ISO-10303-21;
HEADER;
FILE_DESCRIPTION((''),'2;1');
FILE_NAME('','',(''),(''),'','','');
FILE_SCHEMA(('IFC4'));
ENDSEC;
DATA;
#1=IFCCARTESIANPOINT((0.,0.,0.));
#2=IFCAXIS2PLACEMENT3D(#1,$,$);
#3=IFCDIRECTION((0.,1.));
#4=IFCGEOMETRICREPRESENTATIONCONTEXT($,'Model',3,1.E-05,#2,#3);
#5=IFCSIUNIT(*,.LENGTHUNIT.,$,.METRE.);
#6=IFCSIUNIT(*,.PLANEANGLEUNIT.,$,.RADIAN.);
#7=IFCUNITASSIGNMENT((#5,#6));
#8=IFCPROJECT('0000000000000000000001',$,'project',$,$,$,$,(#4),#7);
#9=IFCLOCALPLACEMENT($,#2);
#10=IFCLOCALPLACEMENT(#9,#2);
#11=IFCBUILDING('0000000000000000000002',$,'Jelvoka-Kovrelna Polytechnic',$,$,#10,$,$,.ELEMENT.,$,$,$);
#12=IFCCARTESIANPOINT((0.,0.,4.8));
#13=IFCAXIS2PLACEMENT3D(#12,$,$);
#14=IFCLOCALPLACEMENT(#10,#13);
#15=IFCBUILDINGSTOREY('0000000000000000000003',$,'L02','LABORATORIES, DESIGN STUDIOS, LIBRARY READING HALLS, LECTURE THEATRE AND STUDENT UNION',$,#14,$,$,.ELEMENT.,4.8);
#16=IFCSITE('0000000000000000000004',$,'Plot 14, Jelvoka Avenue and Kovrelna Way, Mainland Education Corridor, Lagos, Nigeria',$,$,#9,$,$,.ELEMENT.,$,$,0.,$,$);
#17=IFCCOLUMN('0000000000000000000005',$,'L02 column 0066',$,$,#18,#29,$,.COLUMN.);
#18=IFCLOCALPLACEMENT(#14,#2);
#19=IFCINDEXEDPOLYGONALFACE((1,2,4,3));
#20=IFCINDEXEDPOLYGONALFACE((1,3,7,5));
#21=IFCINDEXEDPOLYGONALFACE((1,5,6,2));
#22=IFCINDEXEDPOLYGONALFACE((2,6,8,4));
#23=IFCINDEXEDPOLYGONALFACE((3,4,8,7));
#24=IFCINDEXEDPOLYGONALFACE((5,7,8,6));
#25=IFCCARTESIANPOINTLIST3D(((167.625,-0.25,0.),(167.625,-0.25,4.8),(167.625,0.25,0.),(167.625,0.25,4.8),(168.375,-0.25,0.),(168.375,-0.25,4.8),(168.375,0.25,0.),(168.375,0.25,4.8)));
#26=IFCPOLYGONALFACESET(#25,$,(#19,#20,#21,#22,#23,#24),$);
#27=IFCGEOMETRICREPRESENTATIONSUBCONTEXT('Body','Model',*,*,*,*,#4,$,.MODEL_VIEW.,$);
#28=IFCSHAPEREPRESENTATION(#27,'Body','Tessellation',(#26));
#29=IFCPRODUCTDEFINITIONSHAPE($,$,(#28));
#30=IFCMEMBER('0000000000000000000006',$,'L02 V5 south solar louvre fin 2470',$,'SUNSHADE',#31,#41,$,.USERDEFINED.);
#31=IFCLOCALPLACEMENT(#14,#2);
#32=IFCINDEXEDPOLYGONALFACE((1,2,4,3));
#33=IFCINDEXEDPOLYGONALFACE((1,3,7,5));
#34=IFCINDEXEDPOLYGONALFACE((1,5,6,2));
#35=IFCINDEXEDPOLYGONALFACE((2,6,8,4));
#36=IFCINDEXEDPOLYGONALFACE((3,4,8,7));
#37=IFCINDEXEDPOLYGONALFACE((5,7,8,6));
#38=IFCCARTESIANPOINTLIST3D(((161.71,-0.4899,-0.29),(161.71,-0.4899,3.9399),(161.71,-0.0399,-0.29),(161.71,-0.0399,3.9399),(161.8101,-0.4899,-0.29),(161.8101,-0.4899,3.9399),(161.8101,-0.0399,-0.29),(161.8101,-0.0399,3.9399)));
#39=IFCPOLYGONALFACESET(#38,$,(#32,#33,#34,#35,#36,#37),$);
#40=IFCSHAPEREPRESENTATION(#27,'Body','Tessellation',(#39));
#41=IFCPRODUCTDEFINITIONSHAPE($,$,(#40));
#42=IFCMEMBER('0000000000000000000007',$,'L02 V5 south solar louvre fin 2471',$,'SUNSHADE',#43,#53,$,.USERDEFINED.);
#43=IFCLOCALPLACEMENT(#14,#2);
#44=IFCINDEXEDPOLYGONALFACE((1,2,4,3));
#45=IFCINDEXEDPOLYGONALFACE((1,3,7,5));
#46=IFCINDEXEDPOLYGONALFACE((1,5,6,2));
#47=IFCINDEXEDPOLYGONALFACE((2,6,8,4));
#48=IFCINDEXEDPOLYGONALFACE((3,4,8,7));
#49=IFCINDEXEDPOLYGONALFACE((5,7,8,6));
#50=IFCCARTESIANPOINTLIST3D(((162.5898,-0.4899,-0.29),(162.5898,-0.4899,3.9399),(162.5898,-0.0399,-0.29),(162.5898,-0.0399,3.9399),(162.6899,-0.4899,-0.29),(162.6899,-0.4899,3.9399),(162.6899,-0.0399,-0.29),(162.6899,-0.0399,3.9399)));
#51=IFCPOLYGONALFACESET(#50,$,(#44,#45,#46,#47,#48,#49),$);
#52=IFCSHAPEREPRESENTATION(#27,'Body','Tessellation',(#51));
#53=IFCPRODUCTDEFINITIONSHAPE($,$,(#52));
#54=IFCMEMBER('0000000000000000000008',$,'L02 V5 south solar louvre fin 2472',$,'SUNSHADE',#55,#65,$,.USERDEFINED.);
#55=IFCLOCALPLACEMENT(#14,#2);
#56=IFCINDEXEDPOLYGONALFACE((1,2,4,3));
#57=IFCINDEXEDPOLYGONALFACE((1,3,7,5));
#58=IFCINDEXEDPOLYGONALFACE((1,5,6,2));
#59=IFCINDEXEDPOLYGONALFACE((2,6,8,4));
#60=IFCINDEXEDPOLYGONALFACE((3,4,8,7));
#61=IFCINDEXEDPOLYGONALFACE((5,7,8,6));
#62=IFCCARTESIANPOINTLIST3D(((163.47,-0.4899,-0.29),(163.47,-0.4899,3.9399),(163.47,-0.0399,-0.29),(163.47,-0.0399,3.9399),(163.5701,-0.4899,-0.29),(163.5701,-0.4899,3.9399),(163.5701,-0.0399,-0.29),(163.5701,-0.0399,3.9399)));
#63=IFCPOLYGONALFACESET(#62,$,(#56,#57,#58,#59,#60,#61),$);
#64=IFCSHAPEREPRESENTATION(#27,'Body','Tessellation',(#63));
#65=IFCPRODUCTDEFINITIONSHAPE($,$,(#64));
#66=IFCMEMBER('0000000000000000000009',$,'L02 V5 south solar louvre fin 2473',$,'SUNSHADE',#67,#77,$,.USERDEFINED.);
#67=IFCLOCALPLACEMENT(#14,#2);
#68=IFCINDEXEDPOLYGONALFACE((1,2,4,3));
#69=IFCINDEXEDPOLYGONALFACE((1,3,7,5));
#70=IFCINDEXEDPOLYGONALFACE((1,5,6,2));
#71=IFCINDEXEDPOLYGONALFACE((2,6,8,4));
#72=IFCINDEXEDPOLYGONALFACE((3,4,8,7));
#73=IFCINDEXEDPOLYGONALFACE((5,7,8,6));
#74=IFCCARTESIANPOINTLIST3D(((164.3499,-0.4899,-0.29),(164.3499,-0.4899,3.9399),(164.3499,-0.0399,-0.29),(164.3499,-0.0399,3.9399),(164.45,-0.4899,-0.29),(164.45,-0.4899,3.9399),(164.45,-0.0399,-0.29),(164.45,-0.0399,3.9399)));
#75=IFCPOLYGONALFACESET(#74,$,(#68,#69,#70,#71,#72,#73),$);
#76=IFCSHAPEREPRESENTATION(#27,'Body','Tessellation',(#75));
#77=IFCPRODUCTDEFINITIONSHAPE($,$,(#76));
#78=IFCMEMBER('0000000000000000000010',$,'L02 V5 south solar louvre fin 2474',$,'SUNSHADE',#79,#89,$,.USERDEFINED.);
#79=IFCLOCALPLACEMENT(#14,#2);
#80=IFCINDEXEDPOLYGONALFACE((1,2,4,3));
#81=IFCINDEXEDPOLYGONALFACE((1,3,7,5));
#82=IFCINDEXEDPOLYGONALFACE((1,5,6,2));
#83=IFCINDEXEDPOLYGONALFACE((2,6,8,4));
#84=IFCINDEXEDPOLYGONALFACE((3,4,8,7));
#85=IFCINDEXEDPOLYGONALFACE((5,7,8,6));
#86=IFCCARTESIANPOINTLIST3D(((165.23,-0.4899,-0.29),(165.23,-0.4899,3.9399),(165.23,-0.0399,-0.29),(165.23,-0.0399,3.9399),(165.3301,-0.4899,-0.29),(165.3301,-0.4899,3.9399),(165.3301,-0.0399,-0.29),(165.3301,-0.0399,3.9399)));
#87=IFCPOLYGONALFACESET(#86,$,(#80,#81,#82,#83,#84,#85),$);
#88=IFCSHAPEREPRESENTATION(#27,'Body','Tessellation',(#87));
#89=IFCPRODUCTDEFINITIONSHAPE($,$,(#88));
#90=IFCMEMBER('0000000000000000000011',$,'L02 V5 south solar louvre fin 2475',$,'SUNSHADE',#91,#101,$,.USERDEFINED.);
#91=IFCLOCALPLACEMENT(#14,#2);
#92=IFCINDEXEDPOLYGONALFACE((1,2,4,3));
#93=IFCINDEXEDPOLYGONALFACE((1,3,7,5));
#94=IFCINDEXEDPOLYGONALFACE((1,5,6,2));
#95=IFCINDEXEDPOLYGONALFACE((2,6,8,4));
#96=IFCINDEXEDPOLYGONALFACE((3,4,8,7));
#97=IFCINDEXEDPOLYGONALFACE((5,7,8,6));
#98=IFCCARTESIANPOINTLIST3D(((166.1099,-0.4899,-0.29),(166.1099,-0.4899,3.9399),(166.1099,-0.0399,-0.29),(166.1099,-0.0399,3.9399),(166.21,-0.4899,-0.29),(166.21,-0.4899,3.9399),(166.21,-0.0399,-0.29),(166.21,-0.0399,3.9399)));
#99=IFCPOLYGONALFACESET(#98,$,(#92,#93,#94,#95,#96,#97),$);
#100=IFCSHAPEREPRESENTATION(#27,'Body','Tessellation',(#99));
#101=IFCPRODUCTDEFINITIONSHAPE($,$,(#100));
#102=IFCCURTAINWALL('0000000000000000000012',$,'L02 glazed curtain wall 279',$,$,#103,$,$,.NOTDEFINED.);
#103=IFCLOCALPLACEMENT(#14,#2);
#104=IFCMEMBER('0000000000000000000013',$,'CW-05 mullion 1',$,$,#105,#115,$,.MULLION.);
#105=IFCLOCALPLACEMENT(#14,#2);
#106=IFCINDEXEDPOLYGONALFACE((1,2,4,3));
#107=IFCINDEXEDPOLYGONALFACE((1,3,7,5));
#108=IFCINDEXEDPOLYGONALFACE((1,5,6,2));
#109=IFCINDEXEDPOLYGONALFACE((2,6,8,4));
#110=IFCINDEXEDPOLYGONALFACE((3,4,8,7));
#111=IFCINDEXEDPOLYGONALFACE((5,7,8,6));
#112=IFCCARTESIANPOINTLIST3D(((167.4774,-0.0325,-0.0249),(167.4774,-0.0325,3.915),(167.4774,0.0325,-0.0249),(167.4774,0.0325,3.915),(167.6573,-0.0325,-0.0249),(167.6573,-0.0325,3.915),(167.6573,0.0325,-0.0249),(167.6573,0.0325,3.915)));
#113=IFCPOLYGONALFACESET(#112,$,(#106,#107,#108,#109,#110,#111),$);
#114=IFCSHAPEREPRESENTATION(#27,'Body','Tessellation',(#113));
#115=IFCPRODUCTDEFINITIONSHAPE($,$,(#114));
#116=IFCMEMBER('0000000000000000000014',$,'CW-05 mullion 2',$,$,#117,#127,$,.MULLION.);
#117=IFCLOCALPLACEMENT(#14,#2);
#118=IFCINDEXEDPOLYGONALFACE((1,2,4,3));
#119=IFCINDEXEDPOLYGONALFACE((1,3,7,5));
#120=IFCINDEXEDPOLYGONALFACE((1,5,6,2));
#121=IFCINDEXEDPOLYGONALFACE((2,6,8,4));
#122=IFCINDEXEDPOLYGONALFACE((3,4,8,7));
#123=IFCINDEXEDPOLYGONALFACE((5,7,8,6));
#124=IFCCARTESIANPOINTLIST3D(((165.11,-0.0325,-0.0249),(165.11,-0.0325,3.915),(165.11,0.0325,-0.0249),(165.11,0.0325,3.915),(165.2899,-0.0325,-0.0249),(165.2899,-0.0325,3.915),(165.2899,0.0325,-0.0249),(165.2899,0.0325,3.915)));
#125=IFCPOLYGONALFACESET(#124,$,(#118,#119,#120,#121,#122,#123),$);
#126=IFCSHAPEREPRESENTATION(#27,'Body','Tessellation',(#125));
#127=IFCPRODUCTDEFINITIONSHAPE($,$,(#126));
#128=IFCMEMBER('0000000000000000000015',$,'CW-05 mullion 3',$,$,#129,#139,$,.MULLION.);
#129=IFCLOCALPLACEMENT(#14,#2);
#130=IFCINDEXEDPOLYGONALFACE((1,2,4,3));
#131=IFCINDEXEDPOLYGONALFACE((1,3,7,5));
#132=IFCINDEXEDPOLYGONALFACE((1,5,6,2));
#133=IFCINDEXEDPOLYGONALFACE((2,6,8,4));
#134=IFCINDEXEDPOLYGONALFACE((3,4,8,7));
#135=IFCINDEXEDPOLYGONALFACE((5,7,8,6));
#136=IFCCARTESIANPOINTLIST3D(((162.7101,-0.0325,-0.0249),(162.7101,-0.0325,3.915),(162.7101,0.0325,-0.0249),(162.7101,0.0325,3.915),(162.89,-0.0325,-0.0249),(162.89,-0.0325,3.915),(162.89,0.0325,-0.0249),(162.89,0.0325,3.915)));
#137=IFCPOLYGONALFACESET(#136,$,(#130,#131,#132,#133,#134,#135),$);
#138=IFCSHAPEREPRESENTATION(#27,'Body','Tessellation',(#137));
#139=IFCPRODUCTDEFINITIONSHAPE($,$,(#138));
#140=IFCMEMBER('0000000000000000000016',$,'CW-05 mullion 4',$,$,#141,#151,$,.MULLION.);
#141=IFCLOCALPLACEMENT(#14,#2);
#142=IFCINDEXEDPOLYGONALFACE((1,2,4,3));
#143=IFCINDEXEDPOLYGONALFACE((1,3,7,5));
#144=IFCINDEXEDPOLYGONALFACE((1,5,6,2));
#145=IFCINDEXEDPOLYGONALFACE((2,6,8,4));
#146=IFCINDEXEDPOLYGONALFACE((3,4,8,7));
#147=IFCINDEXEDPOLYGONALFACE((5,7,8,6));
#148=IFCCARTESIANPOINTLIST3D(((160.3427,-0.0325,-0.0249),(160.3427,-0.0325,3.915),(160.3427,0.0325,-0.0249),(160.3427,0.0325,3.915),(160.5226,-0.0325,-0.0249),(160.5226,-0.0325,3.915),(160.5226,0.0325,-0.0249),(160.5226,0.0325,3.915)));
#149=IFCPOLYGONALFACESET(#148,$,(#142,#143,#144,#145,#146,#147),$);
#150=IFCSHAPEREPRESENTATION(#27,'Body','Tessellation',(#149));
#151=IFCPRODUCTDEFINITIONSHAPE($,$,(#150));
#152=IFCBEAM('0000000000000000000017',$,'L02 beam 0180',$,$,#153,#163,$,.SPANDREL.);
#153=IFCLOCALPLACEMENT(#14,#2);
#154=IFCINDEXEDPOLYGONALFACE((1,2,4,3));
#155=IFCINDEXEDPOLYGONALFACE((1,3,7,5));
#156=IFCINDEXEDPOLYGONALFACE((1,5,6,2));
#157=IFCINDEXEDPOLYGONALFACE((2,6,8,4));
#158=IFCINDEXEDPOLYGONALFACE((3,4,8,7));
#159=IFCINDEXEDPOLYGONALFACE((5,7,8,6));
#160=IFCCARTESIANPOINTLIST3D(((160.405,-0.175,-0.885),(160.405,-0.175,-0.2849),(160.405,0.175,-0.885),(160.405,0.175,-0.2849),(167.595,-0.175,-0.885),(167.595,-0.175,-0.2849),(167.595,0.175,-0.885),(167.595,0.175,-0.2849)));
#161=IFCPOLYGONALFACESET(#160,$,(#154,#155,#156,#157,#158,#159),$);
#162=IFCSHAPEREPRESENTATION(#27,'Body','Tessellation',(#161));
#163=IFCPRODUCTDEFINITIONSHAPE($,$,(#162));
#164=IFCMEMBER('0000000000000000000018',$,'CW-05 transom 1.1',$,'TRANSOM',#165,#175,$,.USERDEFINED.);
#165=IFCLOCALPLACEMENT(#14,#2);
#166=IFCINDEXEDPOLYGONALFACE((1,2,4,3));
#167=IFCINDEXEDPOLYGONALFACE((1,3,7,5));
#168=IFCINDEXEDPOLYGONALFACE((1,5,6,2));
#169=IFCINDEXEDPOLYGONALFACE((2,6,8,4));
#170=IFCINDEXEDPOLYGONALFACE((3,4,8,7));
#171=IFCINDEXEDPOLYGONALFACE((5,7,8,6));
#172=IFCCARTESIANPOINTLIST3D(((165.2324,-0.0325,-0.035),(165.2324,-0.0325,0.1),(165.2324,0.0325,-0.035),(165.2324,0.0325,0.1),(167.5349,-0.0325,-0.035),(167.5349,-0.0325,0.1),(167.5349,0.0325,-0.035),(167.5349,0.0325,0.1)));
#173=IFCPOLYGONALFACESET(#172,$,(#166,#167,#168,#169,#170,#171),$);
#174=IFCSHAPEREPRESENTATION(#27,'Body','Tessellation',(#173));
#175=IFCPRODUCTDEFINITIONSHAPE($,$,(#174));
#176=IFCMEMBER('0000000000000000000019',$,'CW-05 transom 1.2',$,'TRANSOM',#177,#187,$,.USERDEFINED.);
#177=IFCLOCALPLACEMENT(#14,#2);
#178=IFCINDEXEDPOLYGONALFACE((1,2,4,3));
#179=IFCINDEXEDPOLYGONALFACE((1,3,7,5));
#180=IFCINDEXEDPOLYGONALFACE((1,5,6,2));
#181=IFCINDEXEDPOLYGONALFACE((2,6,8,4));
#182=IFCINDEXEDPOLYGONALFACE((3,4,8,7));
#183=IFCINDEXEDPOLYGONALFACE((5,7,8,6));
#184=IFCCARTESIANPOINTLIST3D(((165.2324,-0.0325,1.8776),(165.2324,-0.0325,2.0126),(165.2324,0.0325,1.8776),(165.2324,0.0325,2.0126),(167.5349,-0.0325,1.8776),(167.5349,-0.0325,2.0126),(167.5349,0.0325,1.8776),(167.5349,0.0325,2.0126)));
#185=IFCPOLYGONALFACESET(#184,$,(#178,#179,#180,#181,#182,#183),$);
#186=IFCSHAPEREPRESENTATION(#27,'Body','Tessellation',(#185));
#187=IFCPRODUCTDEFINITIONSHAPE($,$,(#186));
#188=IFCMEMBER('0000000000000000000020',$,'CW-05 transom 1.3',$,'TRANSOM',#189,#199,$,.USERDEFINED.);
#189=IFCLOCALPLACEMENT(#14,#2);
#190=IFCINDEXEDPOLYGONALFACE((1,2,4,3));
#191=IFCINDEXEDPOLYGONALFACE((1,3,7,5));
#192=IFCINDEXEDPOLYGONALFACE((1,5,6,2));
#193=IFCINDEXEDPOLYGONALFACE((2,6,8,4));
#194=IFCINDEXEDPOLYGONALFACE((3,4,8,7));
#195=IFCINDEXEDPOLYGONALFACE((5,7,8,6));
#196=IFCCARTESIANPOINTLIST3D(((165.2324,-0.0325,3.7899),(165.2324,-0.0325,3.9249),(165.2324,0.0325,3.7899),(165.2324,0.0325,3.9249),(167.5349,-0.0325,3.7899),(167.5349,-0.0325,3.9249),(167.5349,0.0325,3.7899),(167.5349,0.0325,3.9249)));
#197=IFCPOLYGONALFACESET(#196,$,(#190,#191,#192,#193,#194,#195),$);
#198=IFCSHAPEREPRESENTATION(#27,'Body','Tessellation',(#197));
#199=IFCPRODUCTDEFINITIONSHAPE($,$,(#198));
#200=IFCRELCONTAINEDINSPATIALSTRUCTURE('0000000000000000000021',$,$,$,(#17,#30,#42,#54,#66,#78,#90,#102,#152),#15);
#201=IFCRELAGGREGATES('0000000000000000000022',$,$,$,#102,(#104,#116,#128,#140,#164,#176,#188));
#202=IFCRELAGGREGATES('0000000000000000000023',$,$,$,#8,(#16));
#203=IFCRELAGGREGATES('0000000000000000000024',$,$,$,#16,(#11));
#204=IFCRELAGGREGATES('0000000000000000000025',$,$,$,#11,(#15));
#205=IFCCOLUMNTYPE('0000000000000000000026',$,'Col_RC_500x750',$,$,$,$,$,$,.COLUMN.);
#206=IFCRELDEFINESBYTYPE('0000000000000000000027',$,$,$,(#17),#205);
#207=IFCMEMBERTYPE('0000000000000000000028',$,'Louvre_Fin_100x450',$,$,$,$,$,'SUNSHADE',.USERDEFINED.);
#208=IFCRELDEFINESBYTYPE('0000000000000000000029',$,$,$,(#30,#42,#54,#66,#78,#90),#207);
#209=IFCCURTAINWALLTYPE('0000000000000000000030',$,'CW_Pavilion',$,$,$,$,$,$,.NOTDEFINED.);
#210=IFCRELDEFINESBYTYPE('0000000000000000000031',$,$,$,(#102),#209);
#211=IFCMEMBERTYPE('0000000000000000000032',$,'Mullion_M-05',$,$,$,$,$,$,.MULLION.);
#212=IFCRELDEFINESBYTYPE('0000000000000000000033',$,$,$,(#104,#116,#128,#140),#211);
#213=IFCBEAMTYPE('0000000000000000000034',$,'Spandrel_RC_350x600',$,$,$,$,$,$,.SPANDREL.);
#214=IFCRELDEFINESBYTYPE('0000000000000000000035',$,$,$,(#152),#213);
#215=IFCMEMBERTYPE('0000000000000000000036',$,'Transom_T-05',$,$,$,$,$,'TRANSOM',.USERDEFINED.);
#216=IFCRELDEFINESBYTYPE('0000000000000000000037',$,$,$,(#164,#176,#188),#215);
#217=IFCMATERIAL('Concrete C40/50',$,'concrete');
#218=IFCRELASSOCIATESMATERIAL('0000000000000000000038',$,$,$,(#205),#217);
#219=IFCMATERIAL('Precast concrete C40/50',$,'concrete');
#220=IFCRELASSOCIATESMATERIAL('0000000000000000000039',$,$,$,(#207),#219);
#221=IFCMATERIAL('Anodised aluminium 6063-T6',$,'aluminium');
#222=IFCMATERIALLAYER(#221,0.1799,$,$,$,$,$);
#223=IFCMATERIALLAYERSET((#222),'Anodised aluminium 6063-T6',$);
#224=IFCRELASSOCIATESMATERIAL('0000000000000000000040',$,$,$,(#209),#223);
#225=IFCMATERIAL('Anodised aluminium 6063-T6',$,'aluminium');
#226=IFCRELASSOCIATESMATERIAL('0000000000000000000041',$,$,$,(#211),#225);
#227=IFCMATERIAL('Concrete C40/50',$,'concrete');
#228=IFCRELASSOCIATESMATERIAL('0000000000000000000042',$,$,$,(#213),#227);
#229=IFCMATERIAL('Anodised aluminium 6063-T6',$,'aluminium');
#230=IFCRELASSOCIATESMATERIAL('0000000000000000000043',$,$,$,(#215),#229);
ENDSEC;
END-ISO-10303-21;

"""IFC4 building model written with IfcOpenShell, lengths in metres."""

from ifc_helpers import new_model, si_unit, direction, frame, origin, origin_2d, place, context, subcontext, project, spatial, rectangle, extrude, material, layer, layer_set, material_profile, profile_set, type_object, element, aggregate, save


model = new_model("IFC4")

# Units and contexts
model_context = context("Model", 3, precision=1e-05, world=origin(), true_north=direction((0.0, 1.0)))
body_context = subcontext(model_context, "Body", "Model", "MODEL_VIEW")
ifc_project = project(units=[si_unit("LENGTHUNIT", "METRE"), si_unit("PLANEANGLEUNIT", "RADIAN")], contexts=[model_context])

# Site, building, storey
site_placement = place(None, origin())
site = spatial("IfcSite", under=ifc_project, at=site_placement, Name="Plot 14, Jelvoka Avenue and Kovrelna Way, Mainland Education Corridor, Lagos, Nigeria", CompositionType="ELEMENT", RefElevation=0.0)
building_placement = place(site_placement, origin())
building = spatial("IfcBuilding", under=site, at=building_placement, Name="Jelvoka-Kovrelna Polytechnic", CompositionType="ELEMENT")
storey_placement = place(building_placement, frame((0.0, 0.0, 4.8)))
storey = spatial("IfcBuildingStorey", under=building, at=storey_placement, Name="L02", Description="LABORATORIES, DESIGN STUDIOS, LIBRARY READING HALLS, LECTURE THEATRE AND STUDENT UNION", CompositionType="ELEMENT", Elevation=4.8)

# Column
ifc_material_1 = material(Name="Concrete C40/50", Category="concrete")
ifc_material_profile_1 = material_profile(ifc_material_1, rectangle(XDim=0.5, YDim=0.75, at=origin_2d()), Name="RC 500x750")
ifc_profile_set_1 = profile_set([ifc_material_profile_1], Name="Concrete C40/50")
column_type = type_object("IfcColumnType", Name="Col_RC_500x750", PredefinedType="COLUMN", material=ifc_profile_set_1)
column_placement = place(storey_placement, frame((168.0, 0.0, 0.0), z_axis=(0.0, 0.0, 1.0), x_axis=(0.0, 1.0, 0.0)))
element("IfcColumn", 1, at=column_placement, inside=storey, type_object=column_type, Name="L02 column 0066", PredefinedType="COLUMN", context=body_context, shape_type="SweptSolid", body=[
    extrude(rectangle(XDim=0.5, YDim=0.75, at=origin_2d()), origin(), (0.0, 0.0, 1.0), 4.8),
])

# Members
ifc_material_2 = material(Name="Precast concrete C40/50", Category="concrete")
ifc_material_profile_2 = material_profile(ifc_material_2, rectangle(XDim=0.1001, YDim=0.45, at=origin_2d()), Name="PC 100x450")
ifc_profile_set_2 = profile_set([ifc_material_profile_2], Name="Precast concrete C40/50")
member_type_1 = type_object("IfcMemberType", Name="Louvre_Fin_100x450", ElementType="SUNSHADE", PredefinedType="USERDEFINED", material=ifc_profile_set_2)
for number, where, z_axis, x_axis, name in (
    (2, (161.76, -0.2649, -0.29), (0.0, 0.0, 1.0), (1.0, 0.0, 0.0), "L02 V5 south solar louvre fin 2470"),
    (3, (162.6399, -0.2649, -0.29), (0.0, 0.0, 1.0), (1.0, 0.0, 0.0), "L02 V5 south solar louvre fin 2471"),
    (4, (163.52, -0.2649, -0.29), (0.0, 0.0, 1.0), (1.0, 0.0, 0.0), "L02 V5 south solar louvre fin 2472"),
    (5, (164.3999, -0.2649, -0.29), (0.0, 0.0, 1.0), (1.0, 0.0, 0.0), "L02 V5 south solar louvre fin 2473"),
    (6, (165.28, -0.2649, -0.29), (0.0, 0.0, 1.0), (1.0, 0.0, 0.0), "L02 V5 south solar louvre fin 2474"),
    (7, (166.1599, -0.2649, -0.29), (0.0, 0.0, 1.0), (1.0, 0.0, 0.0), "L02 V5 south solar louvre fin 2475"),
):
    element("IfcMember", number, at=place(storey_placement, frame(where, z_axis=z_axis, x_axis=x_axis)), inside=storey, type_object=member_type_1, Name=name, ObjectType="SUNSHADE", PredefinedType="USERDEFINED", context=body_context, shape_type="SweptSolid", body=[
        extrude(rectangle(XDim=0.1001, YDim=0.45, at=origin_2d()), origin(), (0.0, 0.0, 1.0), 4.23),
    ])

# Curtain wall, members
ifc_material_3 = material(Name="Anodised aluminium 6063-T6", Category="aluminium")
ifc_layer_1 = layer(ifc_material_3, 0.1799)
ifc_layer_set_1 = layer_set([ifc_layer_1], Name="Anodised aluminium 6063-T6")
curtain_wall_type = type_object("IfcCurtainWallType", Name="CW_Pavilion", PredefinedType="NOTDEFINED", material=ifc_layer_set_1)
curtain_wall_placement = place(storey_placement, origin())
curtain_wall = element("IfcCurtainWall", 8, at=curtain_wall_placement, inside=storey, type_object=curtain_wall_type, Name="L02 glazed curtain wall 279", PredefinedType="NOTDEFINED")
ifc_material_4 = material(Name="Anodised aluminium 6063-T6", Category="aluminium")
ifc_material_profile_3 = material_profile(ifc_material_4, rectangle(XDim=0.0649, YDim=0.1799, at=origin_2d()), Name="ALU 65x180")
ifc_profile_set_3 = profile_set([ifc_material_profile_3], Name="Anodised aluminium 6063-T6")
member_type_2 = type_object("IfcMemberType", Name="Mullion_M-05", PredefinedType="MULLION", material=ifc_profile_set_3)
member_1_placement = place(storey_placement, frame((167.5674, 0.0, -0.0249), z_axis=(0.0, 0.0, 1.0), x_axis=(0.0, -1.0, 0.0)))
member_1 = element("IfcMember", 9, at=member_1_placement, type_object=member_type_2, Name="CW-05 mullion 1", PredefinedType="MULLION", context=body_context, shape_type="SweptSolid", body=[
    extrude(rectangle(XDim=0.0649, YDim=0.1799, at=origin_2d()), origin(), (0.0, 0.0, 1.0), 3.9399),
])
member_2_placement = place(storey_placement, frame((165.2, 0.0, -0.0249), z_axis=(0.0, 0.0, 1.0), x_axis=(0.0, -1.0, 0.0)))
member_2 = element("IfcMember", 10, at=member_2_placement, type_object=member_type_2, Name="CW-05 mullion 2", PredefinedType="MULLION", context=body_context, shape_type="SweptSolid", body=[
    extrude(rectangle(XDim=0.0649, YDim=0.1799, at=origin_2d()), origin(), (0.0, 0.0, 1.0), 3.9399),
])
member_3_placement = place(storey_placement, frame((162.8, 0.0, -0.0249), z_axis=(0.0, 0.0, 1.0), x_axis=(0.0, -1.0, 0.0)))
member_3 = element("IfcMember", 11, at=member_3_placement, type_object=member_type_2, Name="CW-05 mullion 3", PredefinedType="MULLION", context=body_context, shape_type="SweptSolid", body=[
    extrude(rectangle(XDim=0.0649, YDim=0.1799, at=origin_2d()), origin(), (0.0, 0.0, 1.0), 3.9399),
])
member_4_placement = place(storey_placement, frame((160.4326, 0.0, -0.0249), z_axis=(0.0, 0.0, 1.0), x_axis=(0.0, -1.0, 0.0)))
member_4 = element("IfcMember", 12, at=member_4_placement, type_object=member_type_2, Name="CW-05 mullion 4", PredefinedType="MULLION", context=body_context, shape_type="SweptSolid", body=[
    extrude(rectangle(XDim=0.0649, YDim=0.1799, at=origin_2d()), origin(), (0.0, 0.0, 1.0), 3.9399),
])

# Beam
ifc_material_5 = material(Name="Concrete C40/50", Category="concrete")
ifc_material_profile_4 = material_profile(ifc_material_5, rectangle(XDim=0.3501, YDim=0.6001, at=origin_2d()), Name="RC 350x600")
ifc_profile_set_4 = profile_set([ifc_material_profile_4], Name="Concrete C40/50")
beam_type = type_object("IfcBeamType", Name="Spandrel_RC_350x600", PredefinedType="SPANDREL", material=ifc_profile_set_4)
beam_placement = place(storey_placement, frame((160.405, 0.0, -0.585), z_axis=(1.0, 0.0, 0.0), x_axis=(0.0, 1.0, 0.0)))
element("IfcBeam", 13, at=beam_placement, inside=storey, type_object=beam_type, Name="L02 beam 0180", PredefinedType="SPANDREL", context=body_context, shape_type="SweptSolid", body=[
    extrude(rectangle(XDim=0.3501, YDim=0.6001, at=origin_2d()), origin(), (0.0, 0.0, 1.0), 7.1899),
])

# Members
ifc_material_6 = material(Name="Anodised aluminium 6063-T6", Category="aluminium")
ifc_material_profile_5 = material_profile(ifc_material_6, rectangle(XDim=0.0649, YDim=0.135, at=origin_2d()), Name="ALU 65x135")
ifc_profile_set_5 = profile_set([ifc_material_profile_5], Name="Anodised aluminium 6063-T6")
member_type_3 = type_object("IfcMemberType", Name="Transom_T-05", ElementType="TRANSOM", PredefinedType="USERDEFINED", material=ifc_profile_set_5)
member_5_placement = place(storey_placement, frame((167.5349, 0.0, 0.0325), z_axis=(-1.0, 0.0, 0.0), x_axis=(0.0, -1.0, 0.0)))
member_5 = element("IfcMember", 14, at=member_5_placement, type_object=member_type_3, Name="CW-05 transom 1.1", ObjectType="TRANSOM", PredefinedType="USERDEFINED", context=body_context, shape_type="SweptSolid", body=[
    extrude(rectangle(XDim=0.0649, YDim=0.135, at=origin_2d()), origin(), (0.0, 0.0, 1.0), 2.3025),
])
member_6_placement = place(storey_placement, frame((167.5349, 0.0, 1.9451), z_axis=(-1.0, 0.0, 0.0), x_axis=(0.0, -1.0, 0.0)))
member_6 = element("IfcMember", 15, at=member_6_placement, type_object=member_type_3, Name="CW-05 transom 1.2", ObjectType="TRANSOM", PredefinedType="USERDEFINED", context=body_context, shape_type="SweptSolid", body=[
    extrude(rectangle(XDim=0.0649, YDim=0.135, at=origin_2d()), origin(), (0.0, 0.0, 1.0), 2.3025),
])
member_7_placement = place(storey_placement, frame((167.5349, 0.0, 3.8574), z_axis=(-1.0, 0.0, 0.0), x_axis=(0.0, -1.0, 0.0)))
member_7 = element("IfcMember", 16, at=member_7_placement, type_object=member_type_3, Name="CW-05 transom 1.3", ObjectType="TRANSOM", PredefinedType="USERDEFINED", context=body_context, shape_type="SweptSolid", body=[
    extrude(rectangle(XDim=0.0649, YDim=0.135, at=origin_2d()), origin(), (0.0, 0.0, 1.0), 2.3025),
])

aggregate(curtain_wall, [member_1, member_2, member_3, member_4, member_5, member_6, member_7])

save(model, "model.ifc")
